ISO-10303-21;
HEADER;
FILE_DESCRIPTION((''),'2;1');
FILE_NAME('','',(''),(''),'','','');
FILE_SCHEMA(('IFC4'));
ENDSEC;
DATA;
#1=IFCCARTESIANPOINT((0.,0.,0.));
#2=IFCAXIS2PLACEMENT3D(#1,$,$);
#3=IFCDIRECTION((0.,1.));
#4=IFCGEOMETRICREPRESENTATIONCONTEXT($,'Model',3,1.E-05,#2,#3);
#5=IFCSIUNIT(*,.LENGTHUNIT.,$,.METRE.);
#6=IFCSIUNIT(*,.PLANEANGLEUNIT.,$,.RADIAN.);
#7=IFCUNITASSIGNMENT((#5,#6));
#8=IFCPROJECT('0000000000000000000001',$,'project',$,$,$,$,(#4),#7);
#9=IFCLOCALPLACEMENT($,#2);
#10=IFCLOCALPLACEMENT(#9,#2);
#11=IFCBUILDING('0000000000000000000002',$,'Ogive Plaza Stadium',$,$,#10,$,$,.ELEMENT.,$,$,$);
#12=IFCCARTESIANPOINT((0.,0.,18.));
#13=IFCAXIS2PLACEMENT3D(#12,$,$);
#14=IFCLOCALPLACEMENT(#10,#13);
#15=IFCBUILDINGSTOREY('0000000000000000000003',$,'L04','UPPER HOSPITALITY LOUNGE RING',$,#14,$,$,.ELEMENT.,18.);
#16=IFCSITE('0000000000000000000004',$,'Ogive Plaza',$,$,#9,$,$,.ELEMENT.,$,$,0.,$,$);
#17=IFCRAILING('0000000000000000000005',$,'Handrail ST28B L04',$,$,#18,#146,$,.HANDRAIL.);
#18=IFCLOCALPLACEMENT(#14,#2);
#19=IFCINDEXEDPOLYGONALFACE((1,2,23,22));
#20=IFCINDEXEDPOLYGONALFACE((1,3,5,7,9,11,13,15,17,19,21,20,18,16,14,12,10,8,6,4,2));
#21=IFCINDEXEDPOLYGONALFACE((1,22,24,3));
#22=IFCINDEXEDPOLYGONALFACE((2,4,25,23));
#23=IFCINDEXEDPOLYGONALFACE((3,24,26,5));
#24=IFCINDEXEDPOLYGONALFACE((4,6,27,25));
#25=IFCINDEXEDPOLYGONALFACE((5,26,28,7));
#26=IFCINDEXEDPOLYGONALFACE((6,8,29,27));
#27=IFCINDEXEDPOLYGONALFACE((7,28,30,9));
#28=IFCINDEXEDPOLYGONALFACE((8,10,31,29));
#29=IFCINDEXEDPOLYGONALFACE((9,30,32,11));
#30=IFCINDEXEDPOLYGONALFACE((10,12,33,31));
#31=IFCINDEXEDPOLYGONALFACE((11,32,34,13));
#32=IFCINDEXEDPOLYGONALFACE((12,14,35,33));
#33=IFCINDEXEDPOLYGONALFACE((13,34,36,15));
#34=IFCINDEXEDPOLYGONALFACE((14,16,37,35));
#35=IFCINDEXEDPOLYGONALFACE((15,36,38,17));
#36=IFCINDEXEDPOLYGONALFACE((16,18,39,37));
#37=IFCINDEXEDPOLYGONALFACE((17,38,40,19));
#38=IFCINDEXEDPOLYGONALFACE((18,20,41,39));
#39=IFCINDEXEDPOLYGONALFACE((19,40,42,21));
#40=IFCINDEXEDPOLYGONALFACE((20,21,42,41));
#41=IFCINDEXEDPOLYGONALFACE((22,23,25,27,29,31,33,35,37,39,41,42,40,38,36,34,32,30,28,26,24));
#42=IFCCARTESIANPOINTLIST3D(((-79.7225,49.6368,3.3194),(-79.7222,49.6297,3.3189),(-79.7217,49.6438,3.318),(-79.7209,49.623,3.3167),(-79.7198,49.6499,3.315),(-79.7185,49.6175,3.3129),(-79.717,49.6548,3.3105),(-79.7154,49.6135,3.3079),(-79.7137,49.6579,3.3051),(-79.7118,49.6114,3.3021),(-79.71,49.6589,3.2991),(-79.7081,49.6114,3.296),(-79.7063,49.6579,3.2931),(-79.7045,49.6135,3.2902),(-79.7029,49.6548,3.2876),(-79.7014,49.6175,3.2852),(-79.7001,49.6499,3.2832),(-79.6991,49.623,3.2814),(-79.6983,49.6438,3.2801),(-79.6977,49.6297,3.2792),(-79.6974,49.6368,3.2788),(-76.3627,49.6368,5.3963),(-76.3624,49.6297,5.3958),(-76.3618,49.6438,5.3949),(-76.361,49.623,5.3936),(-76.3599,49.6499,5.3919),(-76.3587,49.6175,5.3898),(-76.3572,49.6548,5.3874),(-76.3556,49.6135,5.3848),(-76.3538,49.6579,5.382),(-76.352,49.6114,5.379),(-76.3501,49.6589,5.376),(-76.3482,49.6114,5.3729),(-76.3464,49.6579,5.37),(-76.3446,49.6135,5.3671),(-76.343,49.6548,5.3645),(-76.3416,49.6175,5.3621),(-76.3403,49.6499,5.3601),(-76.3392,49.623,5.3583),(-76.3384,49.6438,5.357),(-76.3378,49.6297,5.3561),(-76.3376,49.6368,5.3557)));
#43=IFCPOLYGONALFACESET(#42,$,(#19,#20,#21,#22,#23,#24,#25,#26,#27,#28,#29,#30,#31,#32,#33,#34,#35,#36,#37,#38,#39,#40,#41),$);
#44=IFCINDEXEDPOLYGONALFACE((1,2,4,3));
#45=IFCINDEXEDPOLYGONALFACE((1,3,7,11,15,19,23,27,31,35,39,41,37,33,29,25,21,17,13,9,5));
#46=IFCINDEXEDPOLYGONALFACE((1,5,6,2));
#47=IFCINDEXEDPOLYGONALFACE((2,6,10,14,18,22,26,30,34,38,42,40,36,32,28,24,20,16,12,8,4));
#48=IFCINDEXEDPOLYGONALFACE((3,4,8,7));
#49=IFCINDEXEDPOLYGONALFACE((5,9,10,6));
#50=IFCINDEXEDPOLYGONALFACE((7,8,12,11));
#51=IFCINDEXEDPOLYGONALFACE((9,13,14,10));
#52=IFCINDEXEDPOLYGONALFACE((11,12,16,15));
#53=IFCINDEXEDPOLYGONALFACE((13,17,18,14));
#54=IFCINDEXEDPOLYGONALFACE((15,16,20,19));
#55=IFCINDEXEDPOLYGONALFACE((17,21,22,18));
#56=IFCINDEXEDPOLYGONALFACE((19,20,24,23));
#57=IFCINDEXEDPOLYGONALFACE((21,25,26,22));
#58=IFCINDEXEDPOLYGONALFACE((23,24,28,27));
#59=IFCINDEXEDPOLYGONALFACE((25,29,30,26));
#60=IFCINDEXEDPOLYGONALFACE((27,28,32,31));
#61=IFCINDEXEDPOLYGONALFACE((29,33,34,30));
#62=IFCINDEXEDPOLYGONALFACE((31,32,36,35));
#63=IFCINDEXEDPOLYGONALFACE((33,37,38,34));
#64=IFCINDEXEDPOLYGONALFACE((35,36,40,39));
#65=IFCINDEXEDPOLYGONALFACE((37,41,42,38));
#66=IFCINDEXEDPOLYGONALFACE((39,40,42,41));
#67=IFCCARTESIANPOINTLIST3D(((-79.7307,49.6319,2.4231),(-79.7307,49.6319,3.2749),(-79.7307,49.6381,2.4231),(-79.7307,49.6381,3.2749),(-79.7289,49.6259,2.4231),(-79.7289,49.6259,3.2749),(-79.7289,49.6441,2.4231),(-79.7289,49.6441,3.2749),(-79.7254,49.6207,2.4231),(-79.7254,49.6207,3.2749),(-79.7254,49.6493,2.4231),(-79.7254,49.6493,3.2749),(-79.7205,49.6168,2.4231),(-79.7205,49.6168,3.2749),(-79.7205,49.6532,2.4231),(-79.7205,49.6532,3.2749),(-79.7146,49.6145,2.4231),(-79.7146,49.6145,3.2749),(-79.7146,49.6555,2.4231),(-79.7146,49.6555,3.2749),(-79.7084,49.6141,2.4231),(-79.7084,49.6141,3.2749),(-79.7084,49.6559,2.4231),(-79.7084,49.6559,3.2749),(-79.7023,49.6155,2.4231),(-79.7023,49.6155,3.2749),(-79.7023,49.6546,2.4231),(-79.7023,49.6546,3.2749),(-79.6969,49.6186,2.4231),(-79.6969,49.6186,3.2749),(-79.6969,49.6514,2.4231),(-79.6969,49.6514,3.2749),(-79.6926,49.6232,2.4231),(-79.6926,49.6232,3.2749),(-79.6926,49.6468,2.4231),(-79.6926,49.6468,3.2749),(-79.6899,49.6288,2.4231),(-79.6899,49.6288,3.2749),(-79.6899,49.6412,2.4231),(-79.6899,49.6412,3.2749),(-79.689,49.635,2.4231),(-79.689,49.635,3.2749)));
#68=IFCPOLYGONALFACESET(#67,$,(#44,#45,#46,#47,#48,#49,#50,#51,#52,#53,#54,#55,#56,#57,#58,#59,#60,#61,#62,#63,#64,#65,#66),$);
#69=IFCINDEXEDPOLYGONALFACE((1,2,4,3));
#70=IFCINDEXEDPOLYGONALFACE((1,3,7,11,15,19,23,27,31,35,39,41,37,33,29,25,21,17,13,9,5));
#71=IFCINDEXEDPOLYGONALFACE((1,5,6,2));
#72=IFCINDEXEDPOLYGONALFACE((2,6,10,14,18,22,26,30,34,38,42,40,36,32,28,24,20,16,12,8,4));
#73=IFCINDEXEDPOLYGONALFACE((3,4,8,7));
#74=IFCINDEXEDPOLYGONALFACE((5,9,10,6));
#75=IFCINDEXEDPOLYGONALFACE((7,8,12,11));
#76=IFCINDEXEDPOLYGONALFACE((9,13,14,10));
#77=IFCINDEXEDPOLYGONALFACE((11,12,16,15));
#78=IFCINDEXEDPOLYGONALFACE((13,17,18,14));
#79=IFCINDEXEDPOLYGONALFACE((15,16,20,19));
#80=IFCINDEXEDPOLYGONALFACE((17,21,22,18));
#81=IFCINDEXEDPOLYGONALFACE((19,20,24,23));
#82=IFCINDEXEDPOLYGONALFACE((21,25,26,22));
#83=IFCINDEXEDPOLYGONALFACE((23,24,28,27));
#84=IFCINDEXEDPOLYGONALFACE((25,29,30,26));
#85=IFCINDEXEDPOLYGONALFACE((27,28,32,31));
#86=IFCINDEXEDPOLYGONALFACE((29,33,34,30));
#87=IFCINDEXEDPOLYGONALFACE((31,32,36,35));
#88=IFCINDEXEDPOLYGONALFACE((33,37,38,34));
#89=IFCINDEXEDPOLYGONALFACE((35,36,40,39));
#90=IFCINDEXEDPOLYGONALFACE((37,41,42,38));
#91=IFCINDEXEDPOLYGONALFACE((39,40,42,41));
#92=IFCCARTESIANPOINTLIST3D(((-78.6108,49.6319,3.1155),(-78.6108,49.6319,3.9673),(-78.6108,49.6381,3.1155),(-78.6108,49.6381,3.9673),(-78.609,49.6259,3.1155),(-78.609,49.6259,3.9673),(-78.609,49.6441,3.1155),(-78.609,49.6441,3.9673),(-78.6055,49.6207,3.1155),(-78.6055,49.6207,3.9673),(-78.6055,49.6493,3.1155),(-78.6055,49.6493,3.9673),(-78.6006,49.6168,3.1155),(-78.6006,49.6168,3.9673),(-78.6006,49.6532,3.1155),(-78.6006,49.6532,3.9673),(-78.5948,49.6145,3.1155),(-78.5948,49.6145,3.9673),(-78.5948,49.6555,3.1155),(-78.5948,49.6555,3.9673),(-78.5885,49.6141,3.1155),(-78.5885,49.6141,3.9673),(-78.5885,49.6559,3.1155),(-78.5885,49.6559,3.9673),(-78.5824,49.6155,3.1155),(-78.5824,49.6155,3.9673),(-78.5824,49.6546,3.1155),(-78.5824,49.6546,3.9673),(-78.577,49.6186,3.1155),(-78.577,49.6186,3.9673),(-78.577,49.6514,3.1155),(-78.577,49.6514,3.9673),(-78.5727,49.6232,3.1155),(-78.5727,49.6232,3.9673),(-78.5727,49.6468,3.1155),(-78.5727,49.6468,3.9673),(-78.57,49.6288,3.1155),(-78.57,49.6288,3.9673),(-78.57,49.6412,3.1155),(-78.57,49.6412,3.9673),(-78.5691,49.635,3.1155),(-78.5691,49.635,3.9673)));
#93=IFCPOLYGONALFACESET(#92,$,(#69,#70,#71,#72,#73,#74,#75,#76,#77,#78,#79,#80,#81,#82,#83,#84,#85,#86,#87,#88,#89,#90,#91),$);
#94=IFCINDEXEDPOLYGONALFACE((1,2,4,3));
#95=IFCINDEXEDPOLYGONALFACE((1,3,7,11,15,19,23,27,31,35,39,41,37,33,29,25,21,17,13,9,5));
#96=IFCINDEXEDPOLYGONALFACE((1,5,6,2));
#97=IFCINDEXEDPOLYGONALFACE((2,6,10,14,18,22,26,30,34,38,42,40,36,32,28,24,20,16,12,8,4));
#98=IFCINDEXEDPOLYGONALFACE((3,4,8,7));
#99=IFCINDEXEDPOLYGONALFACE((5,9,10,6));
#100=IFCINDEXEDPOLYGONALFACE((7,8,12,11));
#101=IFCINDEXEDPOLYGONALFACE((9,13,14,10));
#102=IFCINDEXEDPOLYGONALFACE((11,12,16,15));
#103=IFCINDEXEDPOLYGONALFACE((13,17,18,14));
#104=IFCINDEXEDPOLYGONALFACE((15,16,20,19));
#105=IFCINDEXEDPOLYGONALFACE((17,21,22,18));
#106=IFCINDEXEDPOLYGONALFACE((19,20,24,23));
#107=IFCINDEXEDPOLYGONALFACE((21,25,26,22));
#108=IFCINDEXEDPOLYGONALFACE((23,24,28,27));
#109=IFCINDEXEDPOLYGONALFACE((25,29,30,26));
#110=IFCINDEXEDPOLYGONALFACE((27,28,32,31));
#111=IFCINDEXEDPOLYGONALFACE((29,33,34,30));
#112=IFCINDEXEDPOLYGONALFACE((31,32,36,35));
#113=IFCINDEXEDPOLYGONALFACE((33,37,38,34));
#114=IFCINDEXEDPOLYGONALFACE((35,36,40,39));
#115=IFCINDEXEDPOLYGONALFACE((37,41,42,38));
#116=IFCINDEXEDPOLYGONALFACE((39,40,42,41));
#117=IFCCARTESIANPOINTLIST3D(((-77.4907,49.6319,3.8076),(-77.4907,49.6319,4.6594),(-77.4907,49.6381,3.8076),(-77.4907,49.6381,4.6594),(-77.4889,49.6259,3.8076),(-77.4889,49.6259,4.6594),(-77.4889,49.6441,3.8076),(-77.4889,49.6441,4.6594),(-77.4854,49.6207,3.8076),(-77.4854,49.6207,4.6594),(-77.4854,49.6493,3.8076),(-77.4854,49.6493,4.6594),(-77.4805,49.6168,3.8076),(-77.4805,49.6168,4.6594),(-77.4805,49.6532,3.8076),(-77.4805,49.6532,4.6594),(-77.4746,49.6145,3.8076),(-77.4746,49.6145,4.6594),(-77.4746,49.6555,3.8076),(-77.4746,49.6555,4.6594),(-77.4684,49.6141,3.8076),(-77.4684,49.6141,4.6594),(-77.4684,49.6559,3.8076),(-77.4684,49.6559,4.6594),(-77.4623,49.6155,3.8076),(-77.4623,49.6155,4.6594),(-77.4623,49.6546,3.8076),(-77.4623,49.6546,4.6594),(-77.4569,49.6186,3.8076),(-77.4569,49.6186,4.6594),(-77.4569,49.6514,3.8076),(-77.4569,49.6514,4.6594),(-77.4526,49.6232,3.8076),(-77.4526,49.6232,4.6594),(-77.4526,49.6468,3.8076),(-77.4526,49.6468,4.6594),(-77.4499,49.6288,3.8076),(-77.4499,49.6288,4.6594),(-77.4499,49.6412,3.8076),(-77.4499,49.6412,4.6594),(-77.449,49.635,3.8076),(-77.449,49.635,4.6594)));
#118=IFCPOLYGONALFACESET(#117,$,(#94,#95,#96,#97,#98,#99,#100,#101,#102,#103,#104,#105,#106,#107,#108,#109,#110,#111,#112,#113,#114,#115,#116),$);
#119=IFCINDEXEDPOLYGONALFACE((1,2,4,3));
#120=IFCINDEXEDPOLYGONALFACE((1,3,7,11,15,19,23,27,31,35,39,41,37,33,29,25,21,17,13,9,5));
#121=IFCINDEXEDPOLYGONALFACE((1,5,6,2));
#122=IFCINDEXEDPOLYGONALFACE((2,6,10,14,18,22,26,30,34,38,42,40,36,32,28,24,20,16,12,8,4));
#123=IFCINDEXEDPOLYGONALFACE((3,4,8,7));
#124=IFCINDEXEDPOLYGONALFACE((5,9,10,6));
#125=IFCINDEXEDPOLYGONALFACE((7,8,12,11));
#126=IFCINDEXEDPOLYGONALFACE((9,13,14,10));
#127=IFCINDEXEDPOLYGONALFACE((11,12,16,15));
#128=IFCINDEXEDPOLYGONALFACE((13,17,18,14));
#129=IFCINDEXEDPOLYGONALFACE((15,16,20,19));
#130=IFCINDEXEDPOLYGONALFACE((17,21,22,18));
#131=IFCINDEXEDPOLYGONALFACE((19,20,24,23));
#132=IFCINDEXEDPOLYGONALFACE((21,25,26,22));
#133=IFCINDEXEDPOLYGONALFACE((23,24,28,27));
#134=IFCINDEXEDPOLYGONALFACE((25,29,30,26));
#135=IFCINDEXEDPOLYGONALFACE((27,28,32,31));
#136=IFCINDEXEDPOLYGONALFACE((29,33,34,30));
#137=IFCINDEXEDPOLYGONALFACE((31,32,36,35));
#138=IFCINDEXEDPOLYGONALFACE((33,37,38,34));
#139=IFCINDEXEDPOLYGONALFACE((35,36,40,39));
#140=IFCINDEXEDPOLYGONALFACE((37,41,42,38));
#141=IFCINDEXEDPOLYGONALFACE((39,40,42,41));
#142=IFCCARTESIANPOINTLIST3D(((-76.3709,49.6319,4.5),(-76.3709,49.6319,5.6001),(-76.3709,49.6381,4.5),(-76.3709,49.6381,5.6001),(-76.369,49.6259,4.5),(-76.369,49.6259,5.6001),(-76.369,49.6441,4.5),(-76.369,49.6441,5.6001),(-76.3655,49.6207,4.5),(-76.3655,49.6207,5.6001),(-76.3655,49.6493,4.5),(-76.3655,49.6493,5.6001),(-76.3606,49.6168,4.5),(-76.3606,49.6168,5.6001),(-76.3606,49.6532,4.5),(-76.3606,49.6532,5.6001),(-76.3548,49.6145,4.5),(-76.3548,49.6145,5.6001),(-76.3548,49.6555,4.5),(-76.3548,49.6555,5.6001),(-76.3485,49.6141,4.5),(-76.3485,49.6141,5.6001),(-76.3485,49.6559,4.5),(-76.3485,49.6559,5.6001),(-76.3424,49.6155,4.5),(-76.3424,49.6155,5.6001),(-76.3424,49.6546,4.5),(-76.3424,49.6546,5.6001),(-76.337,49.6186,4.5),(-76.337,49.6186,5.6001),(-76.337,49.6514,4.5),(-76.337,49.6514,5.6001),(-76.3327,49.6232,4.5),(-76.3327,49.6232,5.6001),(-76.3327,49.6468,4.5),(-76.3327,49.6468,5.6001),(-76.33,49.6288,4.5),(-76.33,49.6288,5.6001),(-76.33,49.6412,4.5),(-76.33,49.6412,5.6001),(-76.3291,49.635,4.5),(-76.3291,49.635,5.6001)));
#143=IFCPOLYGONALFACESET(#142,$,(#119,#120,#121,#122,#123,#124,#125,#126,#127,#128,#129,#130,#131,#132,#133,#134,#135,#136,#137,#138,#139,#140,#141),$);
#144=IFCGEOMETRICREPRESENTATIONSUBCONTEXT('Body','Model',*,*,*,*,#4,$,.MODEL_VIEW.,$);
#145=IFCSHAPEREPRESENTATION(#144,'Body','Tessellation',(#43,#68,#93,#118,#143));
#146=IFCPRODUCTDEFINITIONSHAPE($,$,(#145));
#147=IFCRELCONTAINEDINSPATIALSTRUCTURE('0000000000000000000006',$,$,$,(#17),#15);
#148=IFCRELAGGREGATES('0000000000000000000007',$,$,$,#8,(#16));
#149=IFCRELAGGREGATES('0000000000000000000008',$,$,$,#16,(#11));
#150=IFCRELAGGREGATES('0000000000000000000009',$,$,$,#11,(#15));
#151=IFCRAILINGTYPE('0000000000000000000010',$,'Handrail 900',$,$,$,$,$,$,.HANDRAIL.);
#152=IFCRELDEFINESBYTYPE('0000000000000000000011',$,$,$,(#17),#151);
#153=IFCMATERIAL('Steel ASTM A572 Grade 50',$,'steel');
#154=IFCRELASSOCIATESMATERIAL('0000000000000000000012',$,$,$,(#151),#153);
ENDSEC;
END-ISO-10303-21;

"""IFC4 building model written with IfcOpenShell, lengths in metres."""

from ifc_helpers import new_model, si_unit, direction, frame, origin, origin_2d, place, context, subcontext, project, spatial, circle, extrude, material, type_object, element, save


model = new_model("IFC4")

# Units and contexts
model_context = context("Model", 3, precision=1e-05, world=origin(), true_north=direction((0.0, 1.0)))
body_context = subcontext(model_context, "Body", "Model", "MODEL_VIEW")
ifc_project = project(units=[si_unit("LENGTHUNIT", "METRE"), si_unit("PLANEANGLEUNIT", "RADIAN")], contexts=[model_context])

# Site, building, storey
site_placement = place(None, origin())
site = spatial("IfcSite", under=ifc_project, at=site_placement, Name="Ogive Plaza", CompositionType="ELEMENT", RefElevation=0.0)
building_placement = place(site_placement, origin())
building = spatial("IfcBuilding", under=site, at=building_placement, Name="Ogive Plaza Stadium", CompositionType="ELEMENT")
storey_placement = place(building_placement, frame((0.0, 0.0, 18.0)))
storey = spatial("IfcBuildingStorey", under=building, at=storey_placement, Name="L04", Description="UPPER HOSPITALITY LOUNGE RING", CompositionType="ELEMENT", Elevation=18.0)

# Railing
ifc_material_1 = material(Name="Steel ASTM A572 Grade 50", Category="steel")
railing_type_1 = type_object("IfcRailingType", Name="Handrail 900", PredefinedType="HANDRAIL", material=ifc_material_1)
for number, where, name in (
    (1, (-79.71, 49.635, 2.4231), "Handrail ST28B L04"),
):
    element("IfcRailing", number, at=place(storey_placement, frame(where)), inside=storey, type_object=railing_type_1, Name=name, PredefinedType="HANDRAIL", context=body_context, shape_type="SweptSolid", body=[
        extrude(circle(Radius=0.0239, at=origin_2d()), frame((0.0, 0.0, 0.876), z_axis=(0.850606, 0.0, 0.525803), x_axis=(0.0, 1.0, 0.0)), (0.0, 0.0, 1.0), 3.95),
        extrude(circle(Radius=0.021, at=origin_2d()), origin(), (0.0, 0.0, 1.0), 0.8518),
        extrude(circle(Radius=0.021, at=origin_2d()), frame((1.1199, 0.0, 0.6924)), (0.0, 0.0, 1.0), 0.8518),
        extrude(circle(Radius=0.021, at=origin_2d()), frame((2.24, 0.0, 1.3845)), (0.0, 0.0, 1.0), 0.8518),
        extrude(circle(Radius=0.021, at=origin_2d()), frame((3.3599, 0.0, 2.0769)), (0.0, 0.0, 1.0), 1.1001),
    ])

save(model, "model.ifc")
